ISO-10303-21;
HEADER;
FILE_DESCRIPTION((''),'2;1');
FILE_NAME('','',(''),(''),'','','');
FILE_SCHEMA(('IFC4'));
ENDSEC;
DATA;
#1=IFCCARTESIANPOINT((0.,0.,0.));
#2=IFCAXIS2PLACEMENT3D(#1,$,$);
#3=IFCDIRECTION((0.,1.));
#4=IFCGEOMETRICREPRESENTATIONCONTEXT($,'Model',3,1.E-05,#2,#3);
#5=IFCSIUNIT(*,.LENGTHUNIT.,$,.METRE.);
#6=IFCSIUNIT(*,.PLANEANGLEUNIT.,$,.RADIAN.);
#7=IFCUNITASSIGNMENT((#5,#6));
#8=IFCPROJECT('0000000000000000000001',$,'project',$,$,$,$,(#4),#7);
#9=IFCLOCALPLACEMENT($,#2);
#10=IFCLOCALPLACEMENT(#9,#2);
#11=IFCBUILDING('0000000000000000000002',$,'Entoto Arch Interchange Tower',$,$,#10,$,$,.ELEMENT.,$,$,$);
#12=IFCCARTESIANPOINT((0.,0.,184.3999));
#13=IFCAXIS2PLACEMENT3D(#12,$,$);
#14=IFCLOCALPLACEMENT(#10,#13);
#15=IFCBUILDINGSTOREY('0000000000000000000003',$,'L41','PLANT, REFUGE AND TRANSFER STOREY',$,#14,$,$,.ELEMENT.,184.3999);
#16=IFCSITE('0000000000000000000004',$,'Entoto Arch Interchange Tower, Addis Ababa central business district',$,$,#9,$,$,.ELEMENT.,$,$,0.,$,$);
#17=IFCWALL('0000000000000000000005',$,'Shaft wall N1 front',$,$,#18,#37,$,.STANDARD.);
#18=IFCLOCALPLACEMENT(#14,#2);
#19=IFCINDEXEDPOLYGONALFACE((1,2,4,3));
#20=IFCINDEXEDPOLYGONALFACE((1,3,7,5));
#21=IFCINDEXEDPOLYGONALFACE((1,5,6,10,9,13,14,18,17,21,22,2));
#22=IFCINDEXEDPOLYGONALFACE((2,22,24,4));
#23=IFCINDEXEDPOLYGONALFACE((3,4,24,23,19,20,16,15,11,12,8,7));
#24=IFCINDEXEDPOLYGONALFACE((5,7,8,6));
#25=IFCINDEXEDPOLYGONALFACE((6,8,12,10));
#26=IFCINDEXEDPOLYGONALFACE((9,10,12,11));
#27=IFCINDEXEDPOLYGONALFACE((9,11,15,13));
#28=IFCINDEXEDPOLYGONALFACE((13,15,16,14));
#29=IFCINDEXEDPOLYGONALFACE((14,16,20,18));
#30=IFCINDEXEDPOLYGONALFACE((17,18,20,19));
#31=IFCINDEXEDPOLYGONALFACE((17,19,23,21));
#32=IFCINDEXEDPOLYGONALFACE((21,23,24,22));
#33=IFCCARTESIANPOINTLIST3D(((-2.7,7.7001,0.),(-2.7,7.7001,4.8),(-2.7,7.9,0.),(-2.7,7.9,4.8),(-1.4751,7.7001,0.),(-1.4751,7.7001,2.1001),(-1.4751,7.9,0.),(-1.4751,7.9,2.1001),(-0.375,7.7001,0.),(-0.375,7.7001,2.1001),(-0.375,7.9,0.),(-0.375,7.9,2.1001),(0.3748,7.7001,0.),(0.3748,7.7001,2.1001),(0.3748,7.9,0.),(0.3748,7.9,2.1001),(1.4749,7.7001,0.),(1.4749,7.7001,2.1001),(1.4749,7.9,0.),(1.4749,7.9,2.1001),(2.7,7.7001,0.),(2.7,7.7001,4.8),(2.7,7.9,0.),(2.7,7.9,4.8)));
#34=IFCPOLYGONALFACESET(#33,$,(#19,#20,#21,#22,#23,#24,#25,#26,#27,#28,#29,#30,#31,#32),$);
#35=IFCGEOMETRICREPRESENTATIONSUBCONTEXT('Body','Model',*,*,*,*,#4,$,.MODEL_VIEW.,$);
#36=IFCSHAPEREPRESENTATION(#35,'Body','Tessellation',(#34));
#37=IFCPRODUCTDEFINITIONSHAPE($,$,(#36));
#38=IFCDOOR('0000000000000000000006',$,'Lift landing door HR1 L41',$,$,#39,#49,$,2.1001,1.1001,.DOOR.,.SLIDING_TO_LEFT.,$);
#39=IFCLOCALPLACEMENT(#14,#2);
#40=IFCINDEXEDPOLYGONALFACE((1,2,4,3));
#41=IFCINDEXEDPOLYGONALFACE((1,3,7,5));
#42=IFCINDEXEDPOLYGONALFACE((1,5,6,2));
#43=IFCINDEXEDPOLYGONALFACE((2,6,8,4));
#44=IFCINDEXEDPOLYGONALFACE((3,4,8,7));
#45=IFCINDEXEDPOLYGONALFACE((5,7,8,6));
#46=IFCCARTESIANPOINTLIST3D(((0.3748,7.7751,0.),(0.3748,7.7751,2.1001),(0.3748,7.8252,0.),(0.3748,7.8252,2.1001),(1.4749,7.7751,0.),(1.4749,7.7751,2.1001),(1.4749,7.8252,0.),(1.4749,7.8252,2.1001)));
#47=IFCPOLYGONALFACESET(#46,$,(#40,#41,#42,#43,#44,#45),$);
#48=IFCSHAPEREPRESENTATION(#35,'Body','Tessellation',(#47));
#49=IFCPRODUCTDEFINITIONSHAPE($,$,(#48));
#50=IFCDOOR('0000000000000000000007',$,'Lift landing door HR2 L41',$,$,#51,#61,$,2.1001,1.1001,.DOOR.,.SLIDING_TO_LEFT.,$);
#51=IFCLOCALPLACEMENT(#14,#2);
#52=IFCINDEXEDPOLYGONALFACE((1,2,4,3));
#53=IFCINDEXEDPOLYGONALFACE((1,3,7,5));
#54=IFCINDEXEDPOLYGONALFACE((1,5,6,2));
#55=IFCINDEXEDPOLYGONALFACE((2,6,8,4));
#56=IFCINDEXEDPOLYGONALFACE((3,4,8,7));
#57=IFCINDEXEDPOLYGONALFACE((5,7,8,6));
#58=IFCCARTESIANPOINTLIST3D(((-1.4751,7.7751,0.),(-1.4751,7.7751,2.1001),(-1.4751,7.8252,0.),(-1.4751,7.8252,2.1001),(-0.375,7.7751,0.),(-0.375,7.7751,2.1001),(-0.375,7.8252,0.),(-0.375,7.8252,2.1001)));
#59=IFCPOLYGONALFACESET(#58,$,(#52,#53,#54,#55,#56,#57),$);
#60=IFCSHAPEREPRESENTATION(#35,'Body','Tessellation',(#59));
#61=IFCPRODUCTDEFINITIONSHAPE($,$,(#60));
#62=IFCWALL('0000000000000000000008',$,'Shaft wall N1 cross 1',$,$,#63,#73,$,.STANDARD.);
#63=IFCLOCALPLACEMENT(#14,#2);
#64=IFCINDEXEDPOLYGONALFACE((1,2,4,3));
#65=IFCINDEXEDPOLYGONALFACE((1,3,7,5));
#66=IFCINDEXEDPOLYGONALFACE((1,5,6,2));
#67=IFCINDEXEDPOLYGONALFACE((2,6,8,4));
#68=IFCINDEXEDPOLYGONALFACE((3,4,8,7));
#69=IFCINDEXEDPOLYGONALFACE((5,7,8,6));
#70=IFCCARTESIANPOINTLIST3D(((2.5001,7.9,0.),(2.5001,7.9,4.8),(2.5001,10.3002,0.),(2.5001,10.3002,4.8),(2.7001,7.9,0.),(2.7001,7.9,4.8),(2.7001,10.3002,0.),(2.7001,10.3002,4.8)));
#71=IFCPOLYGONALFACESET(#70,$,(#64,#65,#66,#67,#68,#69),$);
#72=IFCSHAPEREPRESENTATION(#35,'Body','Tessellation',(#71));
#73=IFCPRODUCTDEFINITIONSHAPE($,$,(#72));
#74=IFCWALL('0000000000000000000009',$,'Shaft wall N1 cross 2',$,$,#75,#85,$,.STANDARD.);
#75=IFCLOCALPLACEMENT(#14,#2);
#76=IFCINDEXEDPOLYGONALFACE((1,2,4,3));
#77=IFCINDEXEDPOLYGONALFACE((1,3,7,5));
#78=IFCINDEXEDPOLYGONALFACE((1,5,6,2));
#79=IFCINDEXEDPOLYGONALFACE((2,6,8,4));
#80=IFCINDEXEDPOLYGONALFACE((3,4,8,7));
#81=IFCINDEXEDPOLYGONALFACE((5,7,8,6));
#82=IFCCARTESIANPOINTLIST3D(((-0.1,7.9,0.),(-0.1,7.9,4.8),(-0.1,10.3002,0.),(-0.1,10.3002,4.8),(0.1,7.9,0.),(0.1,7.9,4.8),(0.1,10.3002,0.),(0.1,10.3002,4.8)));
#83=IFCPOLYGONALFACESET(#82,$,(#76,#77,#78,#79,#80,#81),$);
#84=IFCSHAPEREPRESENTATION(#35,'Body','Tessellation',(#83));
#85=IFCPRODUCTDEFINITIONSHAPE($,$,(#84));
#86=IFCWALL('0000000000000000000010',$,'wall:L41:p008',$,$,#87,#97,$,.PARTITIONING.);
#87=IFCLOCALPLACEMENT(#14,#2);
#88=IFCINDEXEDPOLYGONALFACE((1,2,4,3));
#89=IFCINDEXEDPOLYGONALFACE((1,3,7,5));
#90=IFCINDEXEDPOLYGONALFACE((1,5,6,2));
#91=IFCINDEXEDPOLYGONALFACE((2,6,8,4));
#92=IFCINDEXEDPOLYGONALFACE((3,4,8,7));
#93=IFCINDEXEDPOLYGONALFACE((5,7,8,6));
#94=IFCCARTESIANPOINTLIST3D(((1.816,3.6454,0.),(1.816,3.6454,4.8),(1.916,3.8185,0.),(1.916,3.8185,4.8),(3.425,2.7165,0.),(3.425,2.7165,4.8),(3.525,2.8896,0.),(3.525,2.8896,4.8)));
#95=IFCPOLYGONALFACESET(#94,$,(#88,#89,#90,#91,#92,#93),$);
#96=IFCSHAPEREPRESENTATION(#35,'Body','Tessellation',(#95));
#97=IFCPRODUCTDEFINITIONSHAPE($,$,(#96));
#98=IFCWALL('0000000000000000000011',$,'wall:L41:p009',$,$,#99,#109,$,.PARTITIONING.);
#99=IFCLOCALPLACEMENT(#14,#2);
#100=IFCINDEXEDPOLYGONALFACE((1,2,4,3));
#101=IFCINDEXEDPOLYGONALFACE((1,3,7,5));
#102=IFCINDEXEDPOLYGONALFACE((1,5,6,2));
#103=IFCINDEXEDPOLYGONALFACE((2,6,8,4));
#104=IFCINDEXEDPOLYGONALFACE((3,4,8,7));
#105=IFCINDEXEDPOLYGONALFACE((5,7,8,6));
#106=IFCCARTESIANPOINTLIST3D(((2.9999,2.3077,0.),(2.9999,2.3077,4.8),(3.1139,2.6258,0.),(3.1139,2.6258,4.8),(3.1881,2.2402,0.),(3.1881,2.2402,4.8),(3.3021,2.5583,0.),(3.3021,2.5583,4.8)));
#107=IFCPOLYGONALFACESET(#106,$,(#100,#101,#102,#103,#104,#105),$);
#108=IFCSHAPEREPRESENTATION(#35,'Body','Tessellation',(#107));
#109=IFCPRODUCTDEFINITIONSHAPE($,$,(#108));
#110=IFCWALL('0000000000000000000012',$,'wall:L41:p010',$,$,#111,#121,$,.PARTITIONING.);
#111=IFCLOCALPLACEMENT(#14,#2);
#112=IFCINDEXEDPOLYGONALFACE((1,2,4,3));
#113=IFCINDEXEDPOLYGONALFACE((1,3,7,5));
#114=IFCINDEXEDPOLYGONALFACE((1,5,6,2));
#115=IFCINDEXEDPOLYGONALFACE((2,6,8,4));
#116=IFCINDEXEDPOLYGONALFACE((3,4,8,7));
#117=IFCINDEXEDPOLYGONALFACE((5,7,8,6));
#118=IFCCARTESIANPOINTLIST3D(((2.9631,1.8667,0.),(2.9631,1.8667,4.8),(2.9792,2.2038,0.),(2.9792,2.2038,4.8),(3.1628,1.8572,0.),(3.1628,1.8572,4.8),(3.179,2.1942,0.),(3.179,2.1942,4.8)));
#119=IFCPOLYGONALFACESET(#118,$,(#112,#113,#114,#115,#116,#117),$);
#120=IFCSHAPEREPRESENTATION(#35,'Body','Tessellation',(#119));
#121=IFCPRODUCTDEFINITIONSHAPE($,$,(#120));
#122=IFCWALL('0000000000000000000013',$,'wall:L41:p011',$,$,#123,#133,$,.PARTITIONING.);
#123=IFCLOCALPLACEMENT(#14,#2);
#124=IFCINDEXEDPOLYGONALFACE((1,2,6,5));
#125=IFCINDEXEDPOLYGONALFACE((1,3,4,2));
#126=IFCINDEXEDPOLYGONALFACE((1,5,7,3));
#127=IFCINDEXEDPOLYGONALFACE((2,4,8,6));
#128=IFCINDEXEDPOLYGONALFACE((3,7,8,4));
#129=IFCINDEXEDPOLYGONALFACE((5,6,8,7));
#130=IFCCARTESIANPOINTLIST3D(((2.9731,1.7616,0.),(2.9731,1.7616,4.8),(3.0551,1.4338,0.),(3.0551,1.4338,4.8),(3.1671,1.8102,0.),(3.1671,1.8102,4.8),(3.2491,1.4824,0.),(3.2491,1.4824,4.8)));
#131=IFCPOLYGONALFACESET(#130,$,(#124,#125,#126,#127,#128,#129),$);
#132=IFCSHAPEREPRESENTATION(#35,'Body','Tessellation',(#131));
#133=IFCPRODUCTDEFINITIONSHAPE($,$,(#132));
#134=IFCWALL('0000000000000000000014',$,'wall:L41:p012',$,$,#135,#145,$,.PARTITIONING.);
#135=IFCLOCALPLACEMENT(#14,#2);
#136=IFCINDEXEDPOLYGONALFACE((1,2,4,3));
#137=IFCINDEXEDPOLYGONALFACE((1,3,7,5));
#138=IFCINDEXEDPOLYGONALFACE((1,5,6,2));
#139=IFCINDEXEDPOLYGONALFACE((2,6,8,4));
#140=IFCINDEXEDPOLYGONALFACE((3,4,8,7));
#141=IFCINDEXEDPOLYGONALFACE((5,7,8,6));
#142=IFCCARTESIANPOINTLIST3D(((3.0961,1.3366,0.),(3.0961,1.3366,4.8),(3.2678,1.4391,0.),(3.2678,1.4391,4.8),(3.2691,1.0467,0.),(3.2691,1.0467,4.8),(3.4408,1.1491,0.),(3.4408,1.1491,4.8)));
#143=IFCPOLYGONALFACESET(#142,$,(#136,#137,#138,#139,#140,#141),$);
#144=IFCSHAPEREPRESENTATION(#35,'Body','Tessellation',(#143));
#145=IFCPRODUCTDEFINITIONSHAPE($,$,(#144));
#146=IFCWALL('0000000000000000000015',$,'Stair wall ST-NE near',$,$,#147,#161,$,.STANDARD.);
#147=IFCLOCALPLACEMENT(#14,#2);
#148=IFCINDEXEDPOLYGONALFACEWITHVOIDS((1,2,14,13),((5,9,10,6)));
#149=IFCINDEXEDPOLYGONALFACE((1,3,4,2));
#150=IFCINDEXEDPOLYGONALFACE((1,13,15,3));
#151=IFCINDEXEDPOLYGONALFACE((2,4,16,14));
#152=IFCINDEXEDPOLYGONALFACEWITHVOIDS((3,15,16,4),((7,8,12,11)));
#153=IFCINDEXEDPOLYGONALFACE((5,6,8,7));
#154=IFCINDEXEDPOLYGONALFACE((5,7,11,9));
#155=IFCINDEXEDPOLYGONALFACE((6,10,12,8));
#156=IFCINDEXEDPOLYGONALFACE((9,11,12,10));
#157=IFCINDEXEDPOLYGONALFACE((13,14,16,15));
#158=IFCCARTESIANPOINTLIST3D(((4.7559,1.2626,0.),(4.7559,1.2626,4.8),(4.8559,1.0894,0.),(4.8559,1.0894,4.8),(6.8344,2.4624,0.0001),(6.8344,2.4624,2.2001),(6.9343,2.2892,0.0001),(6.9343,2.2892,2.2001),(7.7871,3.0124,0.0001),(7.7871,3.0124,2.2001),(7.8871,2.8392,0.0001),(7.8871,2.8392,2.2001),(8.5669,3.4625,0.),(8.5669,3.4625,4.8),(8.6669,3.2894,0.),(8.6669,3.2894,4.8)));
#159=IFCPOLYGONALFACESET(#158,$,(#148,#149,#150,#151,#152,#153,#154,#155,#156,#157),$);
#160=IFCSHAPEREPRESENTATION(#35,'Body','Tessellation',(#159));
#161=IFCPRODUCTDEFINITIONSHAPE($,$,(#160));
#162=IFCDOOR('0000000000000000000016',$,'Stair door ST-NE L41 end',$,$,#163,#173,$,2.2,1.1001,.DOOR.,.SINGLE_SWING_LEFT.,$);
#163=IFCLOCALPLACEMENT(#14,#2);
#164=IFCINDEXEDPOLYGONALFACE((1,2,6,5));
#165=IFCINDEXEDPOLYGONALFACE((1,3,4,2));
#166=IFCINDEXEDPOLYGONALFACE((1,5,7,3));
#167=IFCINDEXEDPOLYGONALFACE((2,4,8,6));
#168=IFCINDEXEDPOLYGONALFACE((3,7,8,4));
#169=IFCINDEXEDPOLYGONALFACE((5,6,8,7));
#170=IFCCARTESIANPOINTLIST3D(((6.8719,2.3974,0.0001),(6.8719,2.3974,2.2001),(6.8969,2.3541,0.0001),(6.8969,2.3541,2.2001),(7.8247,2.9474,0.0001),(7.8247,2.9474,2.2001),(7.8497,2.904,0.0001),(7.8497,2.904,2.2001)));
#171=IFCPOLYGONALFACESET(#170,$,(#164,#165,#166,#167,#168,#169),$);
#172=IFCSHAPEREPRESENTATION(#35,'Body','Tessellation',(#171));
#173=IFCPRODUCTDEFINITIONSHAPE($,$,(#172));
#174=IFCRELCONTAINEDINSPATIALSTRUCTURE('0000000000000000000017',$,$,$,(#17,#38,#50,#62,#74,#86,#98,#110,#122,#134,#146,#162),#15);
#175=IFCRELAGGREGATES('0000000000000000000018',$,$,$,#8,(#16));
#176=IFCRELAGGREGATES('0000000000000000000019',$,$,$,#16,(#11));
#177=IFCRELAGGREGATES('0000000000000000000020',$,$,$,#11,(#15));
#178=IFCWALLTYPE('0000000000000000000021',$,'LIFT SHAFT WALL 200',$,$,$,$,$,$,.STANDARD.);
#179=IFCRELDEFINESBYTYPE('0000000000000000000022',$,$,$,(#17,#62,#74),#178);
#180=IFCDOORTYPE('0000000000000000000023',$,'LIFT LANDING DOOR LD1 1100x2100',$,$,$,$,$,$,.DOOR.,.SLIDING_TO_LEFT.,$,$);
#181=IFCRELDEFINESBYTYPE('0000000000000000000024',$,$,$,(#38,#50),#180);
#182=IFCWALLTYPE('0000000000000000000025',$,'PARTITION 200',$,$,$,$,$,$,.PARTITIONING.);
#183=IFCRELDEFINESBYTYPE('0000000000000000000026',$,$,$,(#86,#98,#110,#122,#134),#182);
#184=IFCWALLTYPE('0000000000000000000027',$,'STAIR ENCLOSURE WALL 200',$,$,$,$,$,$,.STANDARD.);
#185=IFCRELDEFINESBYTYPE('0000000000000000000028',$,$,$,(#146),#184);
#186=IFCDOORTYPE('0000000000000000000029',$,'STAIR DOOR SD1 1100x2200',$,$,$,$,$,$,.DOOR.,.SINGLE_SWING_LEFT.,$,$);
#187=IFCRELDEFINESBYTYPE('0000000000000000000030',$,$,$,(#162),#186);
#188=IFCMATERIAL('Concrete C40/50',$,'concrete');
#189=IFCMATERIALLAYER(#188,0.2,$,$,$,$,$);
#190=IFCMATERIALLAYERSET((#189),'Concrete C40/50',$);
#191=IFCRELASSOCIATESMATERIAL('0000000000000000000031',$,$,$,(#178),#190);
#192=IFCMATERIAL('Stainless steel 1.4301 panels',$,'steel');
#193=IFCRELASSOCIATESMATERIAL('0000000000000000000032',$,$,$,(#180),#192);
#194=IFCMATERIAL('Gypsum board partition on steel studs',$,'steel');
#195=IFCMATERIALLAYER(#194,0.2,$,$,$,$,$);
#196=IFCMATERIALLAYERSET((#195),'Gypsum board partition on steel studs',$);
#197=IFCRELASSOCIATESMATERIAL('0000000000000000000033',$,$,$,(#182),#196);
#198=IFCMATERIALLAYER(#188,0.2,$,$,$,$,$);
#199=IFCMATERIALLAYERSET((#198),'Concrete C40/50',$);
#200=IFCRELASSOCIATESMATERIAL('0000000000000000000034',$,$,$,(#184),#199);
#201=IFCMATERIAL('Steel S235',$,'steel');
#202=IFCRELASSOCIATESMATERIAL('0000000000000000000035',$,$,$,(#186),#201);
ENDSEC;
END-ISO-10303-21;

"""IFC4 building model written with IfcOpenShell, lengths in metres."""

from ifc_helpers import new_model, si_unit, direction, frame, frame_2d, origin, place, context, subcontext, project, spatial, rectangle, extrude, material, layer, layer_set, type_object, element, fill, save


model = new_model("IFC4")

# Units and contexts
model_context = context("Model", 3, precision=1e-05, world=origin(), true_north=direction((0.0, 1.0)))
body_context = subcontext(model_context, "Body", "Model", "MODEL_VIEW")
ifc_project = project(units=[si_unit("LENGTHUNIT", "METRE"), si_unit("PLANEANGLEUNIT", "RADIAN")], contexts=[model_context])

# Site, building, storey
site_placement = place(None, origin())
site = spatial("IfcSite", under=ifc_project, at=site_placement, Name="Entoto Arch Interchange Tower, Addis Ababa central business district", CompositionType="ELEMENT", RefElevation=0.0)
building_placement = place(site_placement, origin())
building = spatial("IfcBuilding", under=site, at=building_placement, Name="Entoto Arch Interchange Tower", CompositionType="ELEMENT")
storey_placement = place(building_placement, frame((0.0, 0.0, 184.3999)))
storey = spatial("IfcBuildingStorey", under=building, at=storey_placement, Name="L41", Description="PLANT, REFUGE AND TRANSFER STOREY", CompositionType="ELEMENT", Elevation=184.3999)

# Wall, openings, doors
ifc_material_1 = material(Name="Concrete C40/50", Category="concrete")
ifc_layer_1 = layer(ifc_material_1, 0.2)
ifc_layer_set_1 = layer_set([ifc_layer_1], Name="Concrete C40/50")
wall_type_1 = type_object("IfcWallType", Name="LIFT SHAFT WALL 200", PredefinedType="STANDARD", material=ifc_layer_set_1)
wall_1_placement = place(storey_placement, frame((2.7, 7.8, 0.0), z_axis=(0.0, 0.0, 1.0), x_axis=(-1.0, 0.0, 0.0)))
wall_1 = element("IfcWall", 1, at=wall_1_placement, inside=storey, type_object=wall_type_1, Name="Shaft wall N1 front", PredefinedType="STANDARD", context=body_context, shape_type="SweptSolid", body=[
    extrude(rectangle(XDim=5.3999, YDim=0.2, at=frame_2d((2.7, 0.0))), origin(), (0.0, 0.0, 1.0), 4.8),
])
opening_1_placement = place(wall_1_placement, frame((1.2251, 0.0, 0.0)))
opening_1 = element("IfcOpeningElement", 2, at=opening_1_placement, cuts=wall_1, PredefinedType="OPENING", context=body_context, shape_type="SweptSolid", body=[
    extrude(rectangle(XDim=1.1001, YDim=2.1001, at=frame_2d((0.55, 1.05))), frame((0.0, 0.1099, 0.0), z_axis=(0.0, -1.0, 0.0), x_axis=(1.0, 0.0, 0.0)), (0.0, 0.0, 1.0), 0.22),
])
opening_2_placement = place(wall_1_placement, frame((3.075, 0.0, 0.0)))
opening_2 = element("IfcOpeningElement", 3, at=opening_2_placement, cuts=wall_1, PredefinedType="OPENING", context=body_context, shape_type="SweptSolid", body=[
    extrude(rectangle(XDim=1.1001, YDim=2.1001, at=frame_2d((0.55, 1.05))), frame((0.0, 0.1099, 0.0), z_axis=(0.0, -1.0, 0.0), x_axis=(1.0, 0.0, 0.0)), (0.0, 0.0, 1.0), 0.22),
])
ifc_material_2 = material(Name="Stainless steel 1.4301 panels", Category="steel")
door_type_1 = type_object("IfcDoorType", Name="LIFT LANDING DOOR LD1 1100x2100", OperationType="SLIDING_TO_LEFT", PredefinedType="DOOR", material=ifc_material_2)
door_1_placement = place(opening_1_placement, origin())
door_1 = element("IfcDoor", 4, at=door_1_placement, inside=storey, type_object=door_type_1, Name="Lift landing door HR1 L41", OperationType="SLIDING_TO_LEFT", OverallHeight=2.1001, OverallWidth=1.1001, PredefinedType="DOOR", context=body_context, shape_type="SweptSolid", body=[
    extrude(rectangle(XDim=1.1001, YDim=2.1001, at=frame_2d((0.55, 1.05))), frame((0.0, 0.0249, 0.0), z_axis=(0.0, -1.0, 0.0), x_axis=(1.0, 0.0, 0.0)), (0.0, 0.0, 1.0), 0.05),
])
fill(opening_1, door_1)
door_2_placement = place(opening_2_placement, origin())
door_2 = element("IfcDoor", 5, at=door_2_placement, inside=storey, type_object=door_type_1, Name="Lift landing door HR2 L41", OperationType="SLIDING_TO_LEFT", OverallHeight=2.1001, OverallWidth=1.1001, PredefinedType="DOOR", context=body_context, shape_type="SweptSolid", body=[
    extrude(rectangle(XDim=1.1001, YDim=2.1001, at=frame_2d((0.55, 1.05))), frame((0.0, 0.0249, 0.0), z_axis=(0.0, -1.0, 0.0), x_axis=(1.0, 0.0, 0.0)), (0.0, 0.0, 1.0), 0.05),
])
fill(opening_2, door_2)

# Walls
for number, where, z_axis, x_axis, name in (
    (6, (2.6001, 7.8999, 0.0), (0.0, 0.0, 1.0), (0.0, 1.0, 0.0), "Shaft wall N1 cross 1"),
    (7, (0.0, 7.8999, 0.0), (0.0, 0.0, 1.0), (0.0, 1.0, 0.0), "Shaft wall N1 cross 2"),
):
    element("IfcWall", number, at=place(storey_placement, frame(where, z_axis=z_axis, x_axis=x_axis)), inside=storey, type_object=wall_type_1, Name=name, PredefinedType="STANDARD", context=body_context, shape_type="SweptSolid", body=[
        extrude(rectangle(XDim=2.4001, YDim=0.2, at=frame_2d((1.2002, 0.0))), origin(), (0.0, 0.0, 1.0), 4.8),
    ])
ifc_material_3 = material(Name="Gypsum board partition on steel studs", Category="steel")
ifc_layer_2 = layer(ifc_material_3, 0.2)
ifc_layer_set_2 = layer_set([ifc_layer_2], Name="Gypsum board partition on steel studs")
wall_type_2 = type_object("IfcWallType", Name="PARTITION 200", PredefinedType="PARTITIONING", material=ifc_layer_set_2)
wall_2_placement = place(storey_placement, frame((1.866, 3.7319, 0.0), z_axis=(0.0, 0.0, 1.0), x_axis=(0.866043, -0.499969, 0.0)))
element("IfcWall", 8, at=wall_2_placement, inside=storey, type_object=wall_type_2, Name="wall:L41:p008", PredefinedType="PARTITIONING", context=body_context, shape_type="SweptSolid", body=[
    extrude(rectangle(XDim=1.8579, YDim=0.2, at=frame_2d((0.929, 0.0))), origin(), (0.0, 0.0, 1.0), 4.8),
])
wall_3_placement = place(storey_placement, frame((3.208, 2.592, 0.0), z_axis=(0.0, 0.0, 1.0), x_axis=(-0.337389, -0.941365, 0.0)))
element("IfcWall", 9, at=wall_3_placement, inside=storey, type_object=wall_type_2, Name="wall:L41:p009", PredefinedType="PARTITIONING", context=body_context, shape_type="SweptSolid", body=[
    extrude(rectangle(XDim=0.3379, YDim=0.2, at=frame_2d((0.1689, 0.0))), origin(), (0.0, 0.0, 1.0), 4.8),
])
wall_4_placement = place(storey_placement, frame((3.0791, 2.199, 0.0), z_axis=(0.0, 0.0, 1.0), x_axis=(-0.047771, -0.998858, 0.0)))
element("IfcWall", 10, at=wall_4_placement, inside=storey, type_object=wall_type_2, Name="wall:L41:p010", PredefinedType="PARTITIONING", context=body_context, shape_type="SweptSolid", body=[
    extrude(rectangle(XDim=0.3374, YDim=0.2, at=frame_2d((0.1687, 0.0))), origin(), (0.0, 0.0, 1.0), 4.8),
])
wall_5_placement = place(storey_placement, frame((3.0701, 1.7859, 0.0), z_axis=(0.0, 0.0, 1.0), x_axis=(0.242706, -0.9701, 0.0)))
element("IfcWall", 11, at=wall_5_placement, inside=storey, type_object=wall_type_2, Name="wall:L41:p011", PredefinedType="PARTITIONING", context=body_context, shape_type="SweptSolid", body=[
    extrude(rectangle(XDim=0.3379, YDim=0.2, at=frame_2d((0.1689, 0.0))), origin(), (0.0, 0.0, 1.0), 4.8),
])
wall_6_placement = place(storey_placement, frame((3.1819, 1.3879, 0.0), z_axis=(0.0, 0.0, 1.0), x_axis=(0.512475, -0.858702, 0.0)))
element("IfcWall", 12, at=wall_6_placement, inside=storey, type_object=wall_type_2, Name="wall:L41:p012", PredefinedType="PARTITIONING", context=body_context, shape_type="SweptSolid", body=[
    extrude(rectangle(XDim=0.3376, YDim=0.2, at=frame_2d((0.1689, 0.0))), origin(), (0.0, 0.0, 1.0), 4.8),
])

# Wall, opening, door
ifc_layer_3 = layer(ifc_material_1, 0.2)
ifc_layer_set_3 = layer_set([ifc_layer_3], Name="Concrete C40/50")
wall_type_3 = type_object("IfcWallType", Name="STAIR ENCLOSURE WALL 200", PredefinedType="STANDARD", material=ifc_layer_set_3)
wall_7_placement = place(storey_placement, frame((4.8059, 1.176, 0.0), z_axis=(0.0, 0.0, 1.0), x_axis=(0.86606, 0.49994, 0.0)))
wall_7 = element("IfcWall", 13, at=wall_7_placement, inside=storey, type_object=wall_type_3, Name="Stair wall ST-NE near", PredefinedType="STANDARD", context=body_context, shape_type="SweptSolid", body=[
    extrude(rectangle(XDim=4.4004, YDim=0.2, at=frame_2d((2.2002, 0.0))), origin(), (0.0, 0.0, 1.0), 4.8),
])
opening_3_placement = place(wall_7_placement, frame((2.3999, 0.0, 0.0)))
opening_3 = element("IfcOpeningElement", 14, at=opening_3_placement, cuts=wall_7, PredefinedType="OPENING", context=body_context, shape_type="SweptSolid", body=[
    extrude(rectangle(XDim=1.1001, YDim=2.2, at=frame_2d((0.55, 1.1001))), frame((0.0, 0.1099, 0.0), z_axis=(0.0, -1.0, 0.0), x_axis=(1.0, 0.0, 0.0)), (0.0, 0.0, 1.0), 0.22),
])
ifc_material_4 = material(Name="Steel S235", Category="steel")
door_type_2 = type_object("IfcDoorType", Name="STAIR DOOR SD1 1100x2200", OperationType="SINGLE_SWING_LEFT", PredefinedType="DOOR", material=ifc_material_4)
door_3_placement = place(opening_3_placement, origin())
door_3 = element("IfcDoor", 15, at=door_3_placement, inside=storey, type_object=door_type_2, Name="Stair door ST-NE L41 end", OperationType="SINGLE_SWING_LEFT", OverallHeight=2.2, OverallWidth=1.1001, PredefinedType="DOOR", context=body_context, shape_type="SweptSolid", body=[
    extrude(rectangle(XDim=1.1001, YDim=2.2, at=frame_2d((0.55, 1.1001))), frame((0.0, 0.0249, 0.0), z_axis=(0.0, -1.0, 0.0), x_axis=(1.0, 0.0, 0.0)), (0.0, 0.0, 1.0), 0.05),
])
fill(opening_3, door_3)

save(model, "model.ifc")
